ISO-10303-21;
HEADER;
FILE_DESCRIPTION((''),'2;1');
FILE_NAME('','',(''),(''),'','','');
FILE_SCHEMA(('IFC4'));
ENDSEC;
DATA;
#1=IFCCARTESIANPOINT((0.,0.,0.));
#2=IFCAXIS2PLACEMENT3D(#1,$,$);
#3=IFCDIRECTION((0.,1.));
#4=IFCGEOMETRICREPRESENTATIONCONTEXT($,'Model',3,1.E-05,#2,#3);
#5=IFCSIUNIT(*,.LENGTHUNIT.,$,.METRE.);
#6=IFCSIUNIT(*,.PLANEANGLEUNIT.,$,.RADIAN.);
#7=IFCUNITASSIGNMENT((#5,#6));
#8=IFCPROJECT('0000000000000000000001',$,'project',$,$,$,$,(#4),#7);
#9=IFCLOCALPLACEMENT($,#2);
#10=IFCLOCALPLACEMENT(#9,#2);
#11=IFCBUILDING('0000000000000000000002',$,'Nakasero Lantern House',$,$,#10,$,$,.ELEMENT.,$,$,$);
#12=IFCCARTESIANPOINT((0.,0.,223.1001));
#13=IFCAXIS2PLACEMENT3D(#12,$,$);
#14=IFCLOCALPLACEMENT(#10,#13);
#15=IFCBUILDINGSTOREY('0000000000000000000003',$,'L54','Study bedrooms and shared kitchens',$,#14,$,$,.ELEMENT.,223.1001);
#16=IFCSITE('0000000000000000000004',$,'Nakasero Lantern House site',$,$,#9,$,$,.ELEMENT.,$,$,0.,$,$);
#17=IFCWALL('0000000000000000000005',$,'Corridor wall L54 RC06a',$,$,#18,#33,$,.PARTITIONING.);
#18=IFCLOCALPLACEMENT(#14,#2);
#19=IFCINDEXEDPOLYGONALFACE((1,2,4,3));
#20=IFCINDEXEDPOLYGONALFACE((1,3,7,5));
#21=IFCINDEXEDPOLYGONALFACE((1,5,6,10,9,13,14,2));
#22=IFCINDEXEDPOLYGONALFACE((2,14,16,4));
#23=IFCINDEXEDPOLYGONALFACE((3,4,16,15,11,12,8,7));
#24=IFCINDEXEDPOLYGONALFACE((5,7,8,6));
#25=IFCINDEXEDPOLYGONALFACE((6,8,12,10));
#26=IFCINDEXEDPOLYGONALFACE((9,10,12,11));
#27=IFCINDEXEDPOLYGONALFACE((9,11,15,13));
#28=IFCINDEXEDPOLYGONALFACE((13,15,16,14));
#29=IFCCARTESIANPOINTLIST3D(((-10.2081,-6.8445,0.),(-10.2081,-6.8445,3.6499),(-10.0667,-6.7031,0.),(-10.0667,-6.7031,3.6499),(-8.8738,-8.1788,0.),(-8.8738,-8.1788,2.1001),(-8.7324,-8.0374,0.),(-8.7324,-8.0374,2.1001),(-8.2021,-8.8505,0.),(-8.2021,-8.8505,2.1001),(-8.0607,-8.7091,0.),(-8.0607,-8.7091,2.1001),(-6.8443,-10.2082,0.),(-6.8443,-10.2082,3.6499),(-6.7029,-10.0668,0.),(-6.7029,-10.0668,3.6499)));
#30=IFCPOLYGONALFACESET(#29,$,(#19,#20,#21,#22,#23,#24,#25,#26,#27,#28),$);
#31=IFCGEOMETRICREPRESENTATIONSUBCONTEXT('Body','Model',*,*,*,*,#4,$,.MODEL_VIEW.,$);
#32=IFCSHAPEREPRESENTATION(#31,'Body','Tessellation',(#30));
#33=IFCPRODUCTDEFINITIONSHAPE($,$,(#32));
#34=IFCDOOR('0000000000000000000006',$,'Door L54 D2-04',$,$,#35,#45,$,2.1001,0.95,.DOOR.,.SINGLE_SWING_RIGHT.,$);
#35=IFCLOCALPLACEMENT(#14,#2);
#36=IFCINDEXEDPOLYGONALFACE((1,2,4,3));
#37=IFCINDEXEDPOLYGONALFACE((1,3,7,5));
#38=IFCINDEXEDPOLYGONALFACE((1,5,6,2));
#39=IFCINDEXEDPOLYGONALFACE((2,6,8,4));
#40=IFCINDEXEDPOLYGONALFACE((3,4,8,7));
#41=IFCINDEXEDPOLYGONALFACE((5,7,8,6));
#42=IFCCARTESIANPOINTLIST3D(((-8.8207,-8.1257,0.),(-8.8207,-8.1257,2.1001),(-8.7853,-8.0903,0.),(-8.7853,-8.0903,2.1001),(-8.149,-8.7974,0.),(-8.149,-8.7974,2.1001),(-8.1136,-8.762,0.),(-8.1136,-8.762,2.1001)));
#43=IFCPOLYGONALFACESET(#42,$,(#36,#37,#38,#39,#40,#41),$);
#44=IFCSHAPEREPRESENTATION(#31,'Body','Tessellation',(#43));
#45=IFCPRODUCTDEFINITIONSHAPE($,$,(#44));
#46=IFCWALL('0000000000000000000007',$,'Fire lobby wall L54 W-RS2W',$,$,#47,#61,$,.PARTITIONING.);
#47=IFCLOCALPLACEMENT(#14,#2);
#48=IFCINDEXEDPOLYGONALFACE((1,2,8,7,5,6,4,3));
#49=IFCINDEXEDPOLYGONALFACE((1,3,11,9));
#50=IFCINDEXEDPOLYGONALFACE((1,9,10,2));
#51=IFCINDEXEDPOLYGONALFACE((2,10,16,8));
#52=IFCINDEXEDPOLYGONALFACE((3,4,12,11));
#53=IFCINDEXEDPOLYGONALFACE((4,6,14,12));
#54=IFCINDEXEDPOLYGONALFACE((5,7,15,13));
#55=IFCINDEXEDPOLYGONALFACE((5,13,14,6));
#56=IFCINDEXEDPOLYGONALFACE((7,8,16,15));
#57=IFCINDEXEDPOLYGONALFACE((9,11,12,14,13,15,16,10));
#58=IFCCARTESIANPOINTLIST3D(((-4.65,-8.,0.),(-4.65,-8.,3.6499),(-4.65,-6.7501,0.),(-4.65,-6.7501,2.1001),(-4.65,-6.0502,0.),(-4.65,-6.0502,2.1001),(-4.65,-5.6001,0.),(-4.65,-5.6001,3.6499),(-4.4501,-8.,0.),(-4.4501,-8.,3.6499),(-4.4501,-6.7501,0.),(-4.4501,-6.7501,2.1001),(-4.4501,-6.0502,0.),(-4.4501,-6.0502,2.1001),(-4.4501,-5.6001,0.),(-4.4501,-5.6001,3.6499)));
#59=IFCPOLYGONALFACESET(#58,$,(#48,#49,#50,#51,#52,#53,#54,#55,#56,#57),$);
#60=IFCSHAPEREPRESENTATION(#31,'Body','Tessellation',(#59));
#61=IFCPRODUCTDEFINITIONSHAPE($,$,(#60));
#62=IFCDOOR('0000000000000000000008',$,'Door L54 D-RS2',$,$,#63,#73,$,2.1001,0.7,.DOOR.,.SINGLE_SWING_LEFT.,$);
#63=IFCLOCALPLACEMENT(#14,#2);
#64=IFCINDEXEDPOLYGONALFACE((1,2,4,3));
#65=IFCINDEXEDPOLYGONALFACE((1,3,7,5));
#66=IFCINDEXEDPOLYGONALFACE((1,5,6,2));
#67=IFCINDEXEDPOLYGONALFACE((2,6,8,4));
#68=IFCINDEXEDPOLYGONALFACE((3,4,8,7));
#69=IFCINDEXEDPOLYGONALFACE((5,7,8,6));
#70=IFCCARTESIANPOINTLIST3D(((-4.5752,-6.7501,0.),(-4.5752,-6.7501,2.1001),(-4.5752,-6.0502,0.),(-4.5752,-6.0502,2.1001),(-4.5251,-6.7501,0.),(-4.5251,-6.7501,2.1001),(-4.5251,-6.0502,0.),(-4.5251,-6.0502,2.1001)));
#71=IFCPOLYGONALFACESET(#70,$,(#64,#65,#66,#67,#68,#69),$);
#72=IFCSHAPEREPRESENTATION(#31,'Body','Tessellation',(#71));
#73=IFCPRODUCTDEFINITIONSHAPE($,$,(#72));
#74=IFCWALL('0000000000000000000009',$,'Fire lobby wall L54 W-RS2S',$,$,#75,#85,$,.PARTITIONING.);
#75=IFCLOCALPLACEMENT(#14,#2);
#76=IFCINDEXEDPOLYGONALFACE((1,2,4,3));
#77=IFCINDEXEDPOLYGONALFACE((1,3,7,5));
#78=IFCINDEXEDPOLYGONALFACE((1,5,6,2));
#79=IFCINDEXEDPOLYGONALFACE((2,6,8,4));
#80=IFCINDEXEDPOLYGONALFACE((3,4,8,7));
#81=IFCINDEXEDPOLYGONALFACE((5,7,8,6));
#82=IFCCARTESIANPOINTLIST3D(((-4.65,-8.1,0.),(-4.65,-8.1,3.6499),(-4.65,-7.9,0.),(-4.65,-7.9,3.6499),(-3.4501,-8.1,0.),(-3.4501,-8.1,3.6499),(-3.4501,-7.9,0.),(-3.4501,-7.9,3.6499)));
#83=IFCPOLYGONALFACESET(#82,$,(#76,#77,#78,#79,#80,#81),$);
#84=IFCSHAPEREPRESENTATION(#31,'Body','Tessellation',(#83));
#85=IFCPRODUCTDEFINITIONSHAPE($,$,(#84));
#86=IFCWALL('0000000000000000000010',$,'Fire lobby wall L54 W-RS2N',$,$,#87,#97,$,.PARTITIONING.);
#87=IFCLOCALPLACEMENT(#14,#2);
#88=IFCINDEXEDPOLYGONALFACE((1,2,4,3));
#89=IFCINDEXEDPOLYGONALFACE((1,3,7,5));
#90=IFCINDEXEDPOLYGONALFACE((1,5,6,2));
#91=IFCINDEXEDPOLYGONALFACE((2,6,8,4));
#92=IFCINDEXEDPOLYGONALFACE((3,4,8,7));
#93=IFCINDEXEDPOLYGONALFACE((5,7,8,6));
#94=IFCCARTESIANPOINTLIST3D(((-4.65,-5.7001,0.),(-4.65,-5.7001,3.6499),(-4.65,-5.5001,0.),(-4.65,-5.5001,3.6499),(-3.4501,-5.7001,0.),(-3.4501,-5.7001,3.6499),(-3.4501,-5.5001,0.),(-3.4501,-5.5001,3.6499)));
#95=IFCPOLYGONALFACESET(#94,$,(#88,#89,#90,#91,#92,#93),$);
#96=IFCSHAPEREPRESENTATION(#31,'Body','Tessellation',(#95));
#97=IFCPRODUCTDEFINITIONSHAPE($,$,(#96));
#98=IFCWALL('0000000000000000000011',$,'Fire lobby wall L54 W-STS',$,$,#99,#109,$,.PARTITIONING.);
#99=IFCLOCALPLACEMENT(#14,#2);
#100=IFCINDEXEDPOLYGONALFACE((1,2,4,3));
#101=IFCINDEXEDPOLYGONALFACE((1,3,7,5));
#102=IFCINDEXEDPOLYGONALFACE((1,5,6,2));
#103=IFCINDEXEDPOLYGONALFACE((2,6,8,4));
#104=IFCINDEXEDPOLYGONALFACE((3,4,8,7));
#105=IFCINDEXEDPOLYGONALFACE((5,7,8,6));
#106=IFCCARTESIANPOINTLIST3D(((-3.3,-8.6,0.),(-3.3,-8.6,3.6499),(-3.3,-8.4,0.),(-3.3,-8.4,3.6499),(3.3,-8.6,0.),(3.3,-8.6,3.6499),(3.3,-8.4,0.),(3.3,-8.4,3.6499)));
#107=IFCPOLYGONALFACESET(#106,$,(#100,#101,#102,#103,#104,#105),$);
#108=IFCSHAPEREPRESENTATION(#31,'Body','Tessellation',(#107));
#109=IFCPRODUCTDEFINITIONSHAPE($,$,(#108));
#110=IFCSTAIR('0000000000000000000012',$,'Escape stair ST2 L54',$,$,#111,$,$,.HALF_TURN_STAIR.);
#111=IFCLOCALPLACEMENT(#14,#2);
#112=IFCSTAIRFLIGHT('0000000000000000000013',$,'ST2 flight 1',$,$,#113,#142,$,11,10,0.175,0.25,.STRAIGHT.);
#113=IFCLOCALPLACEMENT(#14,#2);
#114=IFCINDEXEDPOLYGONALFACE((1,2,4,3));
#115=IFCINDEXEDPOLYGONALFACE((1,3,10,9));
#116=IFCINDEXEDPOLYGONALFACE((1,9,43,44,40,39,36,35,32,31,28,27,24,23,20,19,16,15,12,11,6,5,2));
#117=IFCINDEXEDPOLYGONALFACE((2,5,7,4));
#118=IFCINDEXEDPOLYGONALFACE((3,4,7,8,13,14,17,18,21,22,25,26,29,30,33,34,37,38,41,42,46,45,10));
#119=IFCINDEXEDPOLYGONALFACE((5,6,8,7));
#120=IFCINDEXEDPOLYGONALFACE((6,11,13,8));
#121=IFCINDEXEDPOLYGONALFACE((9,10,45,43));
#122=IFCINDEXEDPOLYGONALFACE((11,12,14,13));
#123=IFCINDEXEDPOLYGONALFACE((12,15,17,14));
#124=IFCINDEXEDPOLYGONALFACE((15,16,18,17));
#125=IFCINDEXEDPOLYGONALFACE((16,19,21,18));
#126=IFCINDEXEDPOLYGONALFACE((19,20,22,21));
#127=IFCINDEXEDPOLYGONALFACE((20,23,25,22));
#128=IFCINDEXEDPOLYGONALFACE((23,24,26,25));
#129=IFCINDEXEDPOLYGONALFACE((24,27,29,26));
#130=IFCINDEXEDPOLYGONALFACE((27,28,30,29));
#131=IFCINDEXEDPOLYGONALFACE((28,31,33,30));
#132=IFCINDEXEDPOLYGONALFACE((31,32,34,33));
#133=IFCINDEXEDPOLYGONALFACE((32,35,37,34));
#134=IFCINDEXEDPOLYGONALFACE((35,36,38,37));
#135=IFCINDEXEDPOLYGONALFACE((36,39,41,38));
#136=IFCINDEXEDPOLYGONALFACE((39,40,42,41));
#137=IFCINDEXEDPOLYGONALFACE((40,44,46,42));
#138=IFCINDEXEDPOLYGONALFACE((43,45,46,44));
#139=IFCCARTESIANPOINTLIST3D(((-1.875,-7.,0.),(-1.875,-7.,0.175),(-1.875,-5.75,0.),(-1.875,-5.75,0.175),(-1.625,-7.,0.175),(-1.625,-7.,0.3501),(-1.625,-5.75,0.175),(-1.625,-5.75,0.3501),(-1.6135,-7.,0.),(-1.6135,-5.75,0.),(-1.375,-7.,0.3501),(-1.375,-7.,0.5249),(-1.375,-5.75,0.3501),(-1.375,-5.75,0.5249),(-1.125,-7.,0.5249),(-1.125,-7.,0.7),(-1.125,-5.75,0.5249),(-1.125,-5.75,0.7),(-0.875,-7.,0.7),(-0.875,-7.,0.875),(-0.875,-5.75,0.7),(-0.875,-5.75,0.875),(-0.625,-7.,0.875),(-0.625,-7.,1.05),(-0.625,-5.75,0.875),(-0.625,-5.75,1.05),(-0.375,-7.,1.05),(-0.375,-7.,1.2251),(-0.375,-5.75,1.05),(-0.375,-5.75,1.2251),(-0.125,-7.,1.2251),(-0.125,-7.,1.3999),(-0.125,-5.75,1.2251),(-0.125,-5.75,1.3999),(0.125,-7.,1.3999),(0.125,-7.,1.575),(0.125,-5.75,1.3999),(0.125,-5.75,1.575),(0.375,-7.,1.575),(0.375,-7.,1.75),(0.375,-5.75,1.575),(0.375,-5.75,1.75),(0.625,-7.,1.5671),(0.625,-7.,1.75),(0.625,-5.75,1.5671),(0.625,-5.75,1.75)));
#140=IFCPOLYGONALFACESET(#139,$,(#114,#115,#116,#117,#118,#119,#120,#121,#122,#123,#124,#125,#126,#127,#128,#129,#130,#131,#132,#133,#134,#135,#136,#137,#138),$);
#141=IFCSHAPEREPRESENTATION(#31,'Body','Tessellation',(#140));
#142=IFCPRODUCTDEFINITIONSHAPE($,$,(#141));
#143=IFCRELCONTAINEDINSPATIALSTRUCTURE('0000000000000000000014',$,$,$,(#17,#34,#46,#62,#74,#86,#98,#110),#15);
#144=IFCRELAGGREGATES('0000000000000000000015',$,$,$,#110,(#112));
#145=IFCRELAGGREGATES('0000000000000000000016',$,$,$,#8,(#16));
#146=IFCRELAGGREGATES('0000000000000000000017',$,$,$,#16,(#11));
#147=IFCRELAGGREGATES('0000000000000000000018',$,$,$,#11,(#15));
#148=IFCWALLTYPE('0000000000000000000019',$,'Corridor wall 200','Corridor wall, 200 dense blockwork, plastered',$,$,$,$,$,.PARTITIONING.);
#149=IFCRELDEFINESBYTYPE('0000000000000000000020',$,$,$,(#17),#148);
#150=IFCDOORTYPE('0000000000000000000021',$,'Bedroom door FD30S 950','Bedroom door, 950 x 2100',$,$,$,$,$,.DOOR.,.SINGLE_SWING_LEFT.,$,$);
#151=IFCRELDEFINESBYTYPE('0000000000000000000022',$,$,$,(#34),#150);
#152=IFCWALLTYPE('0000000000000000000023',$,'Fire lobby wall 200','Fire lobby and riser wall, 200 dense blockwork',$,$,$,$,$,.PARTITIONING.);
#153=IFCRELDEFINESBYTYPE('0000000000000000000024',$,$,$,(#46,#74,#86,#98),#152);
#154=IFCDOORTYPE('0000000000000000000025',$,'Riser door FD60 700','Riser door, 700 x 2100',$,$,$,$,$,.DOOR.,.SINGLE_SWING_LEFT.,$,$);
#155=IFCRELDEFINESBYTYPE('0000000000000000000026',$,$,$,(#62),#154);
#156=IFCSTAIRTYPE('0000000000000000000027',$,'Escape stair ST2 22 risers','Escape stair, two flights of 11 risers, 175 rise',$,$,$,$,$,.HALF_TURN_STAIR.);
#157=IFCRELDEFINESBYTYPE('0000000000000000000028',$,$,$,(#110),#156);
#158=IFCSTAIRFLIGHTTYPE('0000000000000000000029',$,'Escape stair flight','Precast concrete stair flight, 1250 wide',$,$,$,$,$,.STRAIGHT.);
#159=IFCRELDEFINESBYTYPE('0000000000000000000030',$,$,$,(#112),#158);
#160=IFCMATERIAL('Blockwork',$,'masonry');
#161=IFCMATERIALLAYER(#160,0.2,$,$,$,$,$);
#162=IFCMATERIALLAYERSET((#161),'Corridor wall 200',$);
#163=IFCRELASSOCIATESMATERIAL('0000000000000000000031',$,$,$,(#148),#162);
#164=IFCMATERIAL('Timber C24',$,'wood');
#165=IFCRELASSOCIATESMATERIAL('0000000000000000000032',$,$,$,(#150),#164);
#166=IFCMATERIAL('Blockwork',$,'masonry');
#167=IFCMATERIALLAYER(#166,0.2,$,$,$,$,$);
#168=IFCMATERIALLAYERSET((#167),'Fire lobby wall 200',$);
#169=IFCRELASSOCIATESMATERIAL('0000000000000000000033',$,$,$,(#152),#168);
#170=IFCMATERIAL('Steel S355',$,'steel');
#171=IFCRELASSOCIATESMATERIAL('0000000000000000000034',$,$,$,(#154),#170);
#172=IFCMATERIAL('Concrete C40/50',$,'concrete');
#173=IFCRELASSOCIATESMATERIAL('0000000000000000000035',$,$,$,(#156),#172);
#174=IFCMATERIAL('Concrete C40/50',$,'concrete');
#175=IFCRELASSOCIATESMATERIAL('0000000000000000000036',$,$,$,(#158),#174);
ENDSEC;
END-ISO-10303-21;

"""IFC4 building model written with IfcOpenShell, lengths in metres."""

from ifc_helpers import new_model, si_unit, direction, frame, frame_2d, origin, place, context, subcontext, project, spatial, polyline, rectangle, outline, extrude, material, layer, layer_set, type_object, element, fill, aggregate, save


model = new_model("IFC4")

# Units and contexts
model_context = context("Model", 3, precision=1e-05, world=origin(), true_north=direction((0.0, 1.0)))
body_context = subcontext(model_context, "Body", "Model", "MODEL_VIEW")
ifc_project = project(units=[si_unit("LENGTHUNIT", "METRE"), si_unit("PLANEANGLEUNIT", "RADIAN")], contexts=[model_context])

# Site, building, storey
site_placement = place(None, origin())
site = spatial("IfcSite", under=ifc_project, at=site_placement, Name="Nakasero Lantern House site", CompositionType="ELEMENT", RefElevation=0.0)
building_placement = place(site_placement, origin())
building = spatial("IfcBuilding", under=site, at=building_placement, Name="Nakasero Lantern House", CompositionType="ELEMENT")
storey_placement = place(building_placement, frame((0.0, 0.0, 223.1001)))
storey = spatial("IfcBuildingStorey", under=building, at=storey_placement, Name="L54", Description="Study bedrooms and shared kitchens", CompositionType="ELEMENT", Elevation=223.1001)

# Walls, openings, doors
ifc_material_1 = material(Name="Blockwork", Category="masonry")
ifc_layer_1 = layer(ifc_material_1, 0.2)
ifc_layer_set_1 = layer_set([ifc_layer_1], Name="Corridor wall 200")
wall_type_1 = type_object("IfcWallType", Name="Corridor wall 200", Description="Corridor wall, 200 dense blockwork, plastered", PredefinedType="PARTITIONING", material=ifc_layer_set_1)
wall_1_placement = place(storey_placement, frame((-6.7737, -10.1375, 0.0), z_axis=(0.0, 0.0, 1.0), x_axis=(-0.707107, 0.707107, 0.0)))
wall_1 = element("IfcWall", 1, at=wall_1_placement, inside=storey, type_object=wall_type_1, Name="Corridor wall L54 RC06a", PredefinedType="PARTITIONING", context=body_context, shape_type="SweptSolid", body=[
    extrude(rectangle(XDim=4.7571, YDim=0.2, at=frame_2d((2.3784, 0.0))), origin(), (0.0, 0.0, 1.0), 3.6499),
])
opening_1_placement = place(wall_1_placement, frame((1.9199, 0.0, 0.0)))
opening_1 = element("IfcOpeningElement", 2, at=opening_1_placement, cuts=wall_1, PredefinedType="OPENING", context=body_context, shape_type="SweptSolid", body=[
    extrude(rectangle(XDim=0.95, YDim=2.1001, at=frame_2d((0.4751, 1.05))), frame((0.0, 0.1199, 0.0), z_axis=(0.0, -1.0, 0.0), x_axis=(1.0, 0.0, 0.0)), (0.0, 0.0, 1.0), 0.24),
])
ifc_material_2 = material(Name="Timber C24", Category="wood")
door_type_1 = type_object("IfcDoorType", Name="Bedroom door FD30S 950", Description="Bedroom door, 950 x 2100", OperationType="SINGLE_SWING_LEFT", PredefinedType="DOOR", material=ifc_material_2)
door_1_placement = place(opening_1_placement, origin())
door_1 = element("IfcDoor", 3, at=door_1_placement, inside=storey, type_object=door_type_1, Name="Door L54 D2-04", OperationType="SINGLE_SWING_RIGHT", OverallHeight=2.1001, OverallWidth=0.95, PredefinedType="DOOR", context=body_context, shape_type="SweptSolid", body=[
    extrude(rectangle(XDim=0.95, YDim=2.1001, at=frame_2d((0.4751, 1.05))), frame((0.0, 0.0249, 0.0), z_axis=(0.0, -1.0, 0.0), x_axis=(1.0, 0.0, 0.0)), (0.0, 0.0, 1.0), 0.05),
])
fill(opening_1, door_1)
ifc_material_3 = material(Name="Blockwork", Category="masonry")
ifc_layer_2 = layer(ifc_material_3, 0.2)
ifc_layer_set_2 = layer_set([ifc_layer_2], Name="Fire lobby wall 200")
wall_type_2 = type_object("IfcWallType", Name="Fire lobby wall 200", Description="Fire lobby and riser wall, 200 dense blockwork", PredefinedType="PARTITIONING", material=ifc_layer_set_2)
wall_2_placement = place(storey_placement, frame((-4.55, -5.6001, 0.0), z_axis=(0.0, 0.0, 1.0), x_axis=(0.0, -1.0, 0.0)))
wall_2 = element("IfcWall", 4, at=wall_2_placement, inside=storey, type_object=wall_type_2, Name="Fire lobby wall L54 W-RS2W", PredefinedType="PARTITIONING", context=body_context, shape_type="SweptSolid", body=[
    extrude(rectangle(XDim=2.3999, YDim=0.2, at=frame_2d((1.2, 0.0))), origin(), (0.0, 0.0, 1.0), 3.6499),
])
opening_2_placement = place(wall_2_placement, frame((0.45, 0.0, 0.0)))
opening_2 = element("IfcOpeningElement", 5, at=opening_2_placement, cuts=wall_2, PredefinedType="OPENING", context=body_context, shape_type="SweptSolid", body=[
    extrude(rectangle(XDim=0.7, YDim=2.1001, at=frame_2d((0.3501, 1.05))), frame((0.0, 0.1199, 0.0), z_axis=(0.0, -1.0, 0.0), x_axis=(1.0, 0.0, 0.0)), (0.0, 0.0, 1.0), 0.24),
])
ifc_material_4 = material(Name="Steel S355", Category="steel")
door_type_2 = type_object("IfcDoorType", Name="Riser door FD60 700", Description="Riser door, 700 x 2100", OperationType="SINGLE_SWING_LEFT", PredefinedType="DOOR", material=ifc_material_4)
door_2_placement = place(opening_2_placement, origin())
door_2 = element("IfcDoor", 6, at=door_2_placement, inside=storey, type_object=door_type_2, Name="Door L54 D-RS2", OperationType="SINGLE_SWING_LEFT", OverallHeight=2.1001, OverallWidth=0.7, PredefinedType="DOOR", context=body_context, shape_type="SweptSolid", body=[
    extrude(rectangle(XDim=0.7, YDim=2.1001, at=frame_2d((0.3501, 1.05))), frame((0.0, 0.0249, 0.0), z_axis=(0.0, -1.0, 0.0), x_axis=(1.0, 0.0, 0.0)), (0.0, 0.0, 1.0), 0.05),
])
fill(opening_2, door_2)

# Walls
for number, where, z_axis, x_axis, name in (
    (7, (-3.45, -8.0, 0.0), (0.0, 0.0, 1.0), (-1.0, 0.0, 0.0), "Fire lobby wall L54 W-RS2S"),
    (8, (-3.45, -5.6001, 0.0), (0.0, 0.0, 1.0), (-1.0, 0.0, 0.0), "Fire lobby wall L54 W-RS2N"),
):
    element("IfcWall", number, at=place(storey_placement, frame(where, z_axis=z_axis, x_axis=x_axis)), inside=storey, type_object=wall_type_2, Name=name, PredefinedType="PARTITIONING", context=body_context, shape_type="SweptSolid", body=[
        extrude(rectangle(XDim=1.2, YDim=0.2, at=frame_2d((0.6001, 0.0))), origin(), (0.0, 0.0, 1.0), 3.6499),
    ])
wall_3_placement = place(storey_placement, frame((-3.3, -8.5, 0.0), z_axis=(0.0, 0.0, 1.0), x_axis=(1.0, 0.0, 0.0)))
element("IfcWall", 9, at=wall_3_placement, inside=storey, type_object=wall_type_2, Name="Fire lobby wall L54 W-STS", PredefinedType="PARTITIONING", context=body_context, shape_type="SweptSolid", body=[
    extrude(rectangle(XDim=6.6001, YDim=0.2, at=frame_2d((3.3, 0.0))), origin(), (0.0, 0.0, 1.0), 3.6499),
])

# Stair, stair flight
ifc_material_5 = material(Name="Concrete C40/50", Category="concrete")
stair_type = type_object("IfcStairType", Name="Escape stair ST2 22 risers", Description="Escape stair, two flights of 11 risers, 175 rise", PredefinedType="HALF_TURN_STAIR", material=ifc_material_5)
stair_placement = place(storey_placement, origin())
stair = element("IfcStair", 10, at=stair_placement, inside=storey, type_object=stair_type, Name="Escape stair ST2 L54", PredefinedType="HALF_TURN_STAIR")
ifc_material_6 = material(Name="Concrete C40/50", Category="concrete")
stair_flight_type = type_object("IfcStairFlightType", Name="Escape stair flight", Description="Precast concrete stair flight, 1250 wide", PredefinedType="STRAIGHT", material=ifc_material_6)
stair_flight_placement = place(storey_placement, frame((-1.875, -6.375, 0.0), z_axis=(0.0, 0.0, 1.0), x_axis=(1.0, 0.0, 0.0)))
stair_flight = element("IfcStairFlight", 11, at=stair_flight_placement, type_object=stair_flight_type, Name="ST2 flight 1", NumberOfRisers=11, NumberOfTreads=10, PredefinedType="STRAIGHT", RiserHeight=0.175, TreadLength=0.25, context=body_context, shape_type="SweptSolid", body=[
    extrude(outline(polyline([(0.0, 0.0), (0.0, 0.175), (0.25, 0.175), (0.25, 0.3501), (0.5, 0.3501), (0.5, 0.5249), (0.75, 0.5249), (0.75, 0.7), (1.0, 0.7), (1.0, 0.875), (1.25, 0.875), (1.25, 1.05), (1.5, 1.05), (1.5, 1.2251), (1.75, 1.2251), (1.75, 1.3999), (2.0, 1.3999), (2.0, 1.575), (2.25, 1.575), (2.25, 1.75), (2.5, 1.75), (2.5, 1.925), (2.5, 1.5671), (0.2615, 0.0), (0.0, 0.0)])), frame((0.0, 0.625, 0.0), z_axis=(0.0, -1.0, 0.0), x_axis=(1.0, 0.0, 0.0)), (0.0, 0.0, 1.0), 1.25),
])
aggregate(stair, [stair_flight])

save(model, "model.ifc")
